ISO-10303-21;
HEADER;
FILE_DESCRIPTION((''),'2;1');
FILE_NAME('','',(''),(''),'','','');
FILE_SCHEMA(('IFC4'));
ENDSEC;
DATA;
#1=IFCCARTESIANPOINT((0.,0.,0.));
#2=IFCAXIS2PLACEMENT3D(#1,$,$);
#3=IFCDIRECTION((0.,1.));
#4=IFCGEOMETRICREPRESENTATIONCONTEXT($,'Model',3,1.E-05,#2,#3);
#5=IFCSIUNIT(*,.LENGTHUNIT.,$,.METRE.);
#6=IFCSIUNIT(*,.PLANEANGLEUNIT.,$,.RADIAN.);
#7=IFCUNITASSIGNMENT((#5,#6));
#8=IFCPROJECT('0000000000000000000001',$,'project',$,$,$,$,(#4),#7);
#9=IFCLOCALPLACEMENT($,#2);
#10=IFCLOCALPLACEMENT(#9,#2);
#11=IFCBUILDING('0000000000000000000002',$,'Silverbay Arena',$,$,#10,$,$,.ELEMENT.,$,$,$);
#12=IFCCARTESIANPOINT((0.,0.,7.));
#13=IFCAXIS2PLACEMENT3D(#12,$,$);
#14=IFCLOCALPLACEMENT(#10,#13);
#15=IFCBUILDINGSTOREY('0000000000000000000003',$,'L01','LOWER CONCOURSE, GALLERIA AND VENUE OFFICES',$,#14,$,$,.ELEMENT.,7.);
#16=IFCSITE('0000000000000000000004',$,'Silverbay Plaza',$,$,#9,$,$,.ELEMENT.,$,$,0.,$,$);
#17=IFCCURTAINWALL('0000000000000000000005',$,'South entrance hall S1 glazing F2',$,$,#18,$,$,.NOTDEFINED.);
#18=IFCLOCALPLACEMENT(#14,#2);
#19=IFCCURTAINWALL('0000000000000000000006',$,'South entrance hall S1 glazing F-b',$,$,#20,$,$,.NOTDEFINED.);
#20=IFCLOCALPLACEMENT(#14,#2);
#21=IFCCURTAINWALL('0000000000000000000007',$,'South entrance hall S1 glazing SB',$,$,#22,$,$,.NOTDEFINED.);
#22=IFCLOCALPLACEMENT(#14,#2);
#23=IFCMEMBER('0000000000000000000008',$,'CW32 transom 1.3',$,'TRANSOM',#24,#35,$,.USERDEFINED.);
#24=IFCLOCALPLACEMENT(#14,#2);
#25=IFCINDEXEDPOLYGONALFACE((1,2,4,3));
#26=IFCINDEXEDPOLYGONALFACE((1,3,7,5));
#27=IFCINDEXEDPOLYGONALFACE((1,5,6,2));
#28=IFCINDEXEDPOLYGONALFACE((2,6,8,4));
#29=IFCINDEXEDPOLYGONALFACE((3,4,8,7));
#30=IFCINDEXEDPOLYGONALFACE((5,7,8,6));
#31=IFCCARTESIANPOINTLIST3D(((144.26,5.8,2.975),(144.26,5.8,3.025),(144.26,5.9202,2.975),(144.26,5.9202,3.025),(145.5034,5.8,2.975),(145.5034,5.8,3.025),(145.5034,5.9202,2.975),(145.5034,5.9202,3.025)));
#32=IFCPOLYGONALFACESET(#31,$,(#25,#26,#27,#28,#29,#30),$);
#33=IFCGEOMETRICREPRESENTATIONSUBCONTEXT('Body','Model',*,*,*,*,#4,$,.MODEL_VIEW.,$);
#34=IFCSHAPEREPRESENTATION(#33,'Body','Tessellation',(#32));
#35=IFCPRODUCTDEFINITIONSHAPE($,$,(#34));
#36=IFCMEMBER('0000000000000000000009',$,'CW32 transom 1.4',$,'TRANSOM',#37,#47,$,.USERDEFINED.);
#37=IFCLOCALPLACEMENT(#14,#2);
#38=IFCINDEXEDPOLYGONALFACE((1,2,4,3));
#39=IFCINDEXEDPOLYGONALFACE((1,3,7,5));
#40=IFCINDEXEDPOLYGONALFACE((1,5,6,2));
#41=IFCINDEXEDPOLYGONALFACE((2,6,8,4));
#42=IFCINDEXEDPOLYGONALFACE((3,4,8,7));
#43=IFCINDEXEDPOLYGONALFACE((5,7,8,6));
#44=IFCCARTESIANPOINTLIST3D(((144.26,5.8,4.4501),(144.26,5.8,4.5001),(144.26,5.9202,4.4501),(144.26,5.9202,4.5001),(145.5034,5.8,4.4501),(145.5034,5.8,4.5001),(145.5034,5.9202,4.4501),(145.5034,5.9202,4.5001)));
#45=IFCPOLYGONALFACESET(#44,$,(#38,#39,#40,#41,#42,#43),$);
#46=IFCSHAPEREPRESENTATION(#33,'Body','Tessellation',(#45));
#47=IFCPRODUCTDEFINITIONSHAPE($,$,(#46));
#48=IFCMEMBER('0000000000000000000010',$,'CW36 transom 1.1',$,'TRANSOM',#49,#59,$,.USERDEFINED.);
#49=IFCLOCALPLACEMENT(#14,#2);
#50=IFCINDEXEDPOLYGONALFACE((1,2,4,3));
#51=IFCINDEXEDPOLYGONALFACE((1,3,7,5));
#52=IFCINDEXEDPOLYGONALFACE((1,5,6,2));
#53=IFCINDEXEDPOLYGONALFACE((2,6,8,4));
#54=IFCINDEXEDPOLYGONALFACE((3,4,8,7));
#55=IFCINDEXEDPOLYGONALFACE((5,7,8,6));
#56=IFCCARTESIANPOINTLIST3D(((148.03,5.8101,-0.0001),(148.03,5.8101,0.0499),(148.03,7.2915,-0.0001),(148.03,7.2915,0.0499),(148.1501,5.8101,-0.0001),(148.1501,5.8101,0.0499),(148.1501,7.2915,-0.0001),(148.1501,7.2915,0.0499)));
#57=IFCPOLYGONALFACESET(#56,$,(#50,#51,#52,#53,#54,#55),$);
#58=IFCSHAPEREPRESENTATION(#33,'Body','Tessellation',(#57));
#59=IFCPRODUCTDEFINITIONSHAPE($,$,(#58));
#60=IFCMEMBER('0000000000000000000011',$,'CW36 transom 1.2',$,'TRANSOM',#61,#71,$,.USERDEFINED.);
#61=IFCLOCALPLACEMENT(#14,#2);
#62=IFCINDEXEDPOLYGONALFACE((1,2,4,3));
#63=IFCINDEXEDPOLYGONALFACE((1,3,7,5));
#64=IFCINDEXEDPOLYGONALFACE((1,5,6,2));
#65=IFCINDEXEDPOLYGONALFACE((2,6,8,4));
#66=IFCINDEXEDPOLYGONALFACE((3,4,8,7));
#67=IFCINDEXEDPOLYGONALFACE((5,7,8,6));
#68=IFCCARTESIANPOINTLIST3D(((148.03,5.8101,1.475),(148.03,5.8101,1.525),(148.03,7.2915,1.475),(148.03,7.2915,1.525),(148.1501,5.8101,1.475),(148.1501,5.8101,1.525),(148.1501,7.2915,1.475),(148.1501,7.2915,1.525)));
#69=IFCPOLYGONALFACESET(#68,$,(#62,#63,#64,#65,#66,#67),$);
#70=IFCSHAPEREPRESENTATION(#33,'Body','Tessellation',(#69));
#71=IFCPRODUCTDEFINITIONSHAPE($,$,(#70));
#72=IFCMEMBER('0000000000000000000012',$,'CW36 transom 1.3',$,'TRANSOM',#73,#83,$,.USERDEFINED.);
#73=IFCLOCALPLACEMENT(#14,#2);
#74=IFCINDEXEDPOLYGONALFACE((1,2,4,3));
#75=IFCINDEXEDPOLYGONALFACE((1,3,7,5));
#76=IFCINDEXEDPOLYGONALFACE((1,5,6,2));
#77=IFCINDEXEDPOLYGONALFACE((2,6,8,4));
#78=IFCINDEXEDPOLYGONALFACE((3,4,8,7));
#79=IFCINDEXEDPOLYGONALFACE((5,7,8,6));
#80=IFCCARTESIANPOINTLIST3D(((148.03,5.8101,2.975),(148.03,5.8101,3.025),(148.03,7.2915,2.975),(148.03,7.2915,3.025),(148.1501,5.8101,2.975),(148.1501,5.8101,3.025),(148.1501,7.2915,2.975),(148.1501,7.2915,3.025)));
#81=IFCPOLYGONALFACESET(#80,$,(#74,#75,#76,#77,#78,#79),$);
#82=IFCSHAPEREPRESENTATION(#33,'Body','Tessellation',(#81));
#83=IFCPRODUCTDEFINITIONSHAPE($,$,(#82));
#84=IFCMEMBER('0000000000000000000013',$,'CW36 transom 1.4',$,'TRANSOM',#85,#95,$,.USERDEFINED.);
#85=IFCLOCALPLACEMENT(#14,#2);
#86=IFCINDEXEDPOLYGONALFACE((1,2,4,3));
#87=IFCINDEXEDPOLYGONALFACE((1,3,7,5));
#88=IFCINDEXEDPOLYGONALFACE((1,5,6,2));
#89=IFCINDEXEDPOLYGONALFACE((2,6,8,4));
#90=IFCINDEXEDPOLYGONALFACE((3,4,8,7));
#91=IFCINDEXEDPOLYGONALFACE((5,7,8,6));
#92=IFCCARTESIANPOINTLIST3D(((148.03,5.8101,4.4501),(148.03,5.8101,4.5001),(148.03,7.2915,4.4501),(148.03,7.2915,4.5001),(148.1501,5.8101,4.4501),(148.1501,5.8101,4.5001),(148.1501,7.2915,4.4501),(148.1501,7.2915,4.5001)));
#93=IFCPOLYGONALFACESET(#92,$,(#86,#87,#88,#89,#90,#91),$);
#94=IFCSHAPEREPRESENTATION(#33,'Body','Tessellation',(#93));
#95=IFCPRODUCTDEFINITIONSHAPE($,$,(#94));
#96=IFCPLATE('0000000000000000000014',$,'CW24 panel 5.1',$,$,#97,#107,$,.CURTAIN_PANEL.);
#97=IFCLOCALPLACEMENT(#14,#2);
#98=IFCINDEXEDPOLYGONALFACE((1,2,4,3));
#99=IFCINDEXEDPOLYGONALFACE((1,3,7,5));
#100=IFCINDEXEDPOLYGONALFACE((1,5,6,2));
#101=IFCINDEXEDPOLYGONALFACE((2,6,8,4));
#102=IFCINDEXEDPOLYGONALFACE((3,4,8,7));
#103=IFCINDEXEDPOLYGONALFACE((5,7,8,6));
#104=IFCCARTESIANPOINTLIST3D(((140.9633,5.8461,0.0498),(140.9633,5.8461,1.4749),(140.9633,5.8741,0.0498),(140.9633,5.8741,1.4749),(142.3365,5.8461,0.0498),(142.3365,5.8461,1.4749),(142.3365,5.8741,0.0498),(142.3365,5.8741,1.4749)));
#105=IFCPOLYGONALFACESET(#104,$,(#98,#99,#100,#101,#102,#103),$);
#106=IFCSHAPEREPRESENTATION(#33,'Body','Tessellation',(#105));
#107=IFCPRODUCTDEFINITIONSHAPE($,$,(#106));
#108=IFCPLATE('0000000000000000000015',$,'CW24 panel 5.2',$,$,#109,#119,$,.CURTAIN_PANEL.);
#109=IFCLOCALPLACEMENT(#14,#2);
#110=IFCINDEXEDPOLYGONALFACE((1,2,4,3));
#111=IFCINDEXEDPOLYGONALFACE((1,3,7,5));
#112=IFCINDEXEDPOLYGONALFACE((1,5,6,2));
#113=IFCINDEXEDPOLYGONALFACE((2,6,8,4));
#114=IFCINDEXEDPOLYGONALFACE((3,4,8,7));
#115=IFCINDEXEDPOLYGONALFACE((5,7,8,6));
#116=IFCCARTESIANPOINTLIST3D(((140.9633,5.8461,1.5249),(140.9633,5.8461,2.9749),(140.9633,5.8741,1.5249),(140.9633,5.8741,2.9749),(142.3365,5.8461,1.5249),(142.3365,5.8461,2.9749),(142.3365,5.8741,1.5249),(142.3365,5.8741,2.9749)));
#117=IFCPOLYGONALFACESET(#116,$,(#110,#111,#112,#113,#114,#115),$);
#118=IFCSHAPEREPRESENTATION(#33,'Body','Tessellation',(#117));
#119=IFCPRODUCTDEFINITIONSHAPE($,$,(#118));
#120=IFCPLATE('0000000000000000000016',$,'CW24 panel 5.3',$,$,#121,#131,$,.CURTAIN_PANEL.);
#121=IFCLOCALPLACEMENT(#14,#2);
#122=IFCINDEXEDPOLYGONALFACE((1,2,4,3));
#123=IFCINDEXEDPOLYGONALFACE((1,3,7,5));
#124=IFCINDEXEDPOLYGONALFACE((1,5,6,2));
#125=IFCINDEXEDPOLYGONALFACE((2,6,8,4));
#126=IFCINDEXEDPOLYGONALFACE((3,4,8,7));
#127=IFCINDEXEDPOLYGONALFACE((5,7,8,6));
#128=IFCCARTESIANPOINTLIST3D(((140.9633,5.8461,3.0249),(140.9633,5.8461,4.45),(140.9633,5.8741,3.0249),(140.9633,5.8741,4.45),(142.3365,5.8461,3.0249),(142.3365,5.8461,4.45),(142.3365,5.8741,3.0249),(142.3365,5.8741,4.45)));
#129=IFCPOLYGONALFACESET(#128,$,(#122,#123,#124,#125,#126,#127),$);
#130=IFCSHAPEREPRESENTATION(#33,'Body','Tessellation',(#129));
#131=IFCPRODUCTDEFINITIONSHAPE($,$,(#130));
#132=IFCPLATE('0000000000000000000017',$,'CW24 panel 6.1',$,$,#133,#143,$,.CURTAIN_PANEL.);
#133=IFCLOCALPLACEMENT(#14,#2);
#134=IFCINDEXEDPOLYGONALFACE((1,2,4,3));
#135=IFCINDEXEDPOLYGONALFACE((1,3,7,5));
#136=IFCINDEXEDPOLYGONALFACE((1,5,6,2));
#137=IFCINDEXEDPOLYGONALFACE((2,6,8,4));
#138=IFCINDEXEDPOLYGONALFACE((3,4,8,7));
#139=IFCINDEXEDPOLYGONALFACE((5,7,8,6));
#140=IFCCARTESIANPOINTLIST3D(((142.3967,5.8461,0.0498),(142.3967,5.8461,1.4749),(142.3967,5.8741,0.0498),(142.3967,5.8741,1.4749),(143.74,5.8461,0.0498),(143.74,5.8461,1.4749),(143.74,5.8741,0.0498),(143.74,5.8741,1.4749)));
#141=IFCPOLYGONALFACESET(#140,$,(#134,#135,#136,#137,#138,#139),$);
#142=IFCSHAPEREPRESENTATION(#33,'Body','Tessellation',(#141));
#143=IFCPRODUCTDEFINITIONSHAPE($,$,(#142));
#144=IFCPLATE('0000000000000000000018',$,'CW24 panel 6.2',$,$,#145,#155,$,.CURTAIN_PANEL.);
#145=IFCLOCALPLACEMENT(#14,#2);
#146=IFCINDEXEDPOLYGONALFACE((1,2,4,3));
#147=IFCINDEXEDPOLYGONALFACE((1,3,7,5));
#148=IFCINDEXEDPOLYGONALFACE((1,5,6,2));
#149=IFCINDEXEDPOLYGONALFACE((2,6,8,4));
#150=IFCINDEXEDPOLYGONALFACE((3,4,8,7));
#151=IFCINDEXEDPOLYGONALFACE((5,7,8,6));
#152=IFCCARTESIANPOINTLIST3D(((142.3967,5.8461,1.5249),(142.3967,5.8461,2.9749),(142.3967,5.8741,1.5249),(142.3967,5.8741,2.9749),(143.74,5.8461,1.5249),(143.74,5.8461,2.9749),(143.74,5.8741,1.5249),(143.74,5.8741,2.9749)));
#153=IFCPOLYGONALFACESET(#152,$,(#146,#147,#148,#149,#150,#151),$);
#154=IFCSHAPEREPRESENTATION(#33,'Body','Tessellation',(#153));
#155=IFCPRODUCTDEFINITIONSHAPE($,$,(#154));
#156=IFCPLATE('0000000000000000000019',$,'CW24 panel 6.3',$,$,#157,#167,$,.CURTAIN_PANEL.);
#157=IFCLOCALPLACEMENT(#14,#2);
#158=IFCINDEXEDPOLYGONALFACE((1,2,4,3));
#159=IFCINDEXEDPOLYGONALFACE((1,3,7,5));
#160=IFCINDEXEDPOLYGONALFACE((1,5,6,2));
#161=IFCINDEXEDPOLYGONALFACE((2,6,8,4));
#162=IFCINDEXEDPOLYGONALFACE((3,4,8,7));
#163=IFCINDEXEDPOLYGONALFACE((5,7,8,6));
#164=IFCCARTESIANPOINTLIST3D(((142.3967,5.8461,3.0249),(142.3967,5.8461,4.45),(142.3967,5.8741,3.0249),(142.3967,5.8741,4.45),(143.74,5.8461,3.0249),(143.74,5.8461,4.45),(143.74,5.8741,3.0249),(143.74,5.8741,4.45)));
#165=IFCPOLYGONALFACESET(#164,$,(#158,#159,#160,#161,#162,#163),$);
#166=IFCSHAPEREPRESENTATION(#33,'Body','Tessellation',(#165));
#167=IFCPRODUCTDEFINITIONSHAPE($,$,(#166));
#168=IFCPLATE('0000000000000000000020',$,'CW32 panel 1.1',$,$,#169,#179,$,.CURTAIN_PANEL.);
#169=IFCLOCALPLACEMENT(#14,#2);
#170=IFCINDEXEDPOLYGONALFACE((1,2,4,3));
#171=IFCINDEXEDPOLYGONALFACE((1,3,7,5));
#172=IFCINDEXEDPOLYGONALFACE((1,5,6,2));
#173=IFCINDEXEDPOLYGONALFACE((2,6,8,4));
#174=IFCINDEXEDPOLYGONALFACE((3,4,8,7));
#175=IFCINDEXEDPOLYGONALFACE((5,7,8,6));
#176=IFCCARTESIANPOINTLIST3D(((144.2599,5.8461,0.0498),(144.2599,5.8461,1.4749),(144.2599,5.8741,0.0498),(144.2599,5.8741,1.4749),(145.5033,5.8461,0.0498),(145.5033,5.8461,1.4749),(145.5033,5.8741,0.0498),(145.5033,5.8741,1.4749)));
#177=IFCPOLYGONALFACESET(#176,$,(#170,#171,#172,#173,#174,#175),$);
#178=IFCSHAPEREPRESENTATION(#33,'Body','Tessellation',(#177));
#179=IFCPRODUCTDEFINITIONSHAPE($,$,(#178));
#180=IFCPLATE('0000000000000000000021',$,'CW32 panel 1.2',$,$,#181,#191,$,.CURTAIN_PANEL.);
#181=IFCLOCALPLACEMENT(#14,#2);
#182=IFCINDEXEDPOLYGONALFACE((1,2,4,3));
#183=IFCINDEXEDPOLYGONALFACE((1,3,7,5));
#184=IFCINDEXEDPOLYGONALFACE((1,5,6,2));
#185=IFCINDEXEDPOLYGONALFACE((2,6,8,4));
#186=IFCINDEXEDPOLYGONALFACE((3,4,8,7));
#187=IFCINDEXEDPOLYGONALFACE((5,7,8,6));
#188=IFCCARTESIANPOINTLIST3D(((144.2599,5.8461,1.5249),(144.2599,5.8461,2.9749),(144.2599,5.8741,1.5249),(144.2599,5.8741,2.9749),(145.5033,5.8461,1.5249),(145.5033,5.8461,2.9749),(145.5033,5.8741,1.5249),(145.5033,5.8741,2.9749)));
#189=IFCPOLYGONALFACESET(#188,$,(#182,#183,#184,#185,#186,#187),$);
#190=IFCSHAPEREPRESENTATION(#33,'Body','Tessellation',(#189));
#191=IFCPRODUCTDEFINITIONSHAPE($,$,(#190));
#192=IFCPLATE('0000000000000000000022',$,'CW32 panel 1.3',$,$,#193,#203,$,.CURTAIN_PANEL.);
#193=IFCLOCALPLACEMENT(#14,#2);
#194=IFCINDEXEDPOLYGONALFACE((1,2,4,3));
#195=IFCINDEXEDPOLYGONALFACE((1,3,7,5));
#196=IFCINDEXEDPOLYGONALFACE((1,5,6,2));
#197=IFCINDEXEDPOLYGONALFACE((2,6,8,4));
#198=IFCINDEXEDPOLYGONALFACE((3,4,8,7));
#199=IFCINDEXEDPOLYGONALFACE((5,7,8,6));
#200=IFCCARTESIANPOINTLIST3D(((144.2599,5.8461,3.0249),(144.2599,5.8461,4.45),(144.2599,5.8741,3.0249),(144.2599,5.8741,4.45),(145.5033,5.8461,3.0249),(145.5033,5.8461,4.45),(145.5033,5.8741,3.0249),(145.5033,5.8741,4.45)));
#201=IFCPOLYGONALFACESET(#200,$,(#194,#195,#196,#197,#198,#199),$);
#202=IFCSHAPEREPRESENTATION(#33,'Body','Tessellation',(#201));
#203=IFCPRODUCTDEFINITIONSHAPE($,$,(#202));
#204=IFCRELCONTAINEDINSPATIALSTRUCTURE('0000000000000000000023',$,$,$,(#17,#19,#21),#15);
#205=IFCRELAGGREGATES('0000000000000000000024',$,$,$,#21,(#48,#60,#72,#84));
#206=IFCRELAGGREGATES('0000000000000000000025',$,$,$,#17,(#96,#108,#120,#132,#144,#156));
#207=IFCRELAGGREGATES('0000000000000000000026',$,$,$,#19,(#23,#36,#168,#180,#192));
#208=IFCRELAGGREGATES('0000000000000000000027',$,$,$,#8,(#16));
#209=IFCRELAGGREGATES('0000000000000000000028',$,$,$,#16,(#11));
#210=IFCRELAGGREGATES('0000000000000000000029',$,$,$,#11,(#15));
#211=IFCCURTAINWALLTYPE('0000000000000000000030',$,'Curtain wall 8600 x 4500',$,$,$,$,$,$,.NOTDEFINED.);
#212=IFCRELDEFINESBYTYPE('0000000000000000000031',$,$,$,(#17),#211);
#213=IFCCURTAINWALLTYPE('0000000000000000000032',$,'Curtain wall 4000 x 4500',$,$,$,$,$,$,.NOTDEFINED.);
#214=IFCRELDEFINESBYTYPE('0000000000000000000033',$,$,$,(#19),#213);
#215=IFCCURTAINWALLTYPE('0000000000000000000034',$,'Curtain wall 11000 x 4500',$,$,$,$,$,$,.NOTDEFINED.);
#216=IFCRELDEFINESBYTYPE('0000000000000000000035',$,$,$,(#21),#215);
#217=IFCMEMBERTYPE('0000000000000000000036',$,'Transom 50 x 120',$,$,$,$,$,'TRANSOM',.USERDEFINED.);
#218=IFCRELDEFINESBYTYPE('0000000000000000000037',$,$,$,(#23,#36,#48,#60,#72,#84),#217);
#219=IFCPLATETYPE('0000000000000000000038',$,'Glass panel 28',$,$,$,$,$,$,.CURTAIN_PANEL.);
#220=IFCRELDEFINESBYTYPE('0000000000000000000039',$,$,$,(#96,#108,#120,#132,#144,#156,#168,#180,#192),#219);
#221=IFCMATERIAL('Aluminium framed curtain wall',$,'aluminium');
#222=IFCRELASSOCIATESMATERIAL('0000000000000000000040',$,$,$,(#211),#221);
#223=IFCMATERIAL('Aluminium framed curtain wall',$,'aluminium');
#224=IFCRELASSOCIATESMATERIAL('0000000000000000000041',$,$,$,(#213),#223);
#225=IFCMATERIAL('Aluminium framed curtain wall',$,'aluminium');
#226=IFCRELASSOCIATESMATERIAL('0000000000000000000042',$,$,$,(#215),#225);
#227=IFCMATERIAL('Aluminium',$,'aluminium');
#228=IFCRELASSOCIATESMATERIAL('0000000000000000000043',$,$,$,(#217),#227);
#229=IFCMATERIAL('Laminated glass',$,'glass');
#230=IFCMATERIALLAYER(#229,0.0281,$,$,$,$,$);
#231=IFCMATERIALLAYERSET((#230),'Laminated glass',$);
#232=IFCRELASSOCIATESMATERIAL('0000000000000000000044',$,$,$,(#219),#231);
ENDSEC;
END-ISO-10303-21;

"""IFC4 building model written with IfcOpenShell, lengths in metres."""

from ifc_helpers import new_model, si_unit, direction, frame, origin, origin_2d, place, context, subcontext, project, spatial, rectangle, extrude, material, layer, layer_set, material_profile, profile_set, type_object, element, aggregate, save


model = new_model("IFC4")

# Units and contexts
model_context = context("Model", 3, precision=1e-05, world=origin(), true_north=direction((0.0, 1.0)))
body_context = subcontext(model_context, "Body", "Model", "MODEL_VIEW")
ifc_project = project(units=[si_unit("LENGTHUNIT", "METRE"), si_unit("PLANEANGLEUNIT", "RADIAN")], contexts=[model_context])

# Site, building, storey
site_placement = place(None, origin())
site = spatial("IfcSite", under=ifc_project, at=site_placement, Name="Silverbay Plaza", CompositionType="ELEMENT", RefElevation=0.0)
building_placement = place(site_placement, origin())
building = spatial("IfcBuilding", under=site, at=building_placement, Name="Silverbay Arena", CompositionType="ELEMENT")
storey_placement = place(building_placement, frame((0.0, 0.0, 7.0)))
storey = spatial("IfcBuildingStorey", under=building, at=storey_placement, Name="L01", Description="LOWER CONCOURSE, GALLERIA AND VENUE OFFICES", CompositionType="ELEMENT", Elevation=7.0)

# Curtain walls
ifc_material_1 = material(Name="Aluminium framed curtain wall", Category="aluminium")
curtain_wall_type_1 = type_object("IfcCurtainWallType", Name="Curtain wall 8600 x 4500", PredefinedType="NOTDEFINED", material=ifc_material_1)
curtain_wall_1_placement = place(storey_placement, origin())
curtain_wall_1 = element("IfcCurtainWall", 1, at=curtain_wall_1_placement, inside=storey, type_object=curtain_wall_type_1, Name="South entrance hall S1 glazing F2", PredefinedType="NOTDEFINED")
ifc_material_2 = material(Name="Aluminium framed curtain wall", Category="aluminium")
curtain_wall_type_2 = type_object("IfcCurtainWallType", Name="Curtain wall 4000 x 4500", PredefinedType="NOTDEFINED", material=ifc_material_2)
curtain_wall_2_placement = place(storey_placement, origin())
curtain_wall_2 = element("IfcCurtainWall", 2, at=curtain_wall_2_placement, inside=storey, type_object=curtain_wall_type_2, Name="South entrance hall S1 glazing F-b", PredefinedType="NOTDEFINED")

# Curtain wall
ifc_material_3 = material(Name="Aluminium framed curtain wall", Category="aluminium")
curtain_wall_type_3 = type_object("IfcCurtainWallType", Name="Curtain wall 11000 x 4500", PredefinedType="NOTDEFINED", material=ifc_material_3)
curtain_wall_3_placement = place(storey_placement, origin())
curtain_wall_3 = element("IfcCurtainWall", 3, at=curtain_wall_3_placement, inside=storey, type_object=curtain_wall_type_3, Name="South entrance hall S1 glazing SB", PredefinedType="NOTDEFINED")

# Members
ifc_material_4 = material(Name="Aluminium", Category="aluminium")
ifc_material_profile_1 = material_profile(ifc_material_4, rectangle(XDim=0.1201, YDim=0.05, at=origin_2d()), Name="Transom 50 x 120")
ifc_profile_set_1 = profile_set([ifc_material_profile_1], Name="Aluminium")
member_type_1 = type_object("IfcMemberType", Name="Transom 50 x 120", ElementType="TRANSOM", PredefinedType="USERDEFINED", material=ifc_profile_set_1)
member_1_placement = place(storey_placement, frame((144.26, 5.8601, 3.0), z_axis=(1.0, 0.0, 0.0), x_axis=(0.0, 1.0, 0.0)))
member_1 = element("IfcMember", 4, at=member_1_placement, type_object=member_type_1, Name="CW32 transom 1.3", ObjectType="TRANSOM", PredefinedType="USERDEFINED", context=body_context, shape_type="SweptSolid", body=[
    extrude(rectangle(XDim=0.1201, YDim=0.05, at=origin_2d()), origin(), (0.0, 0.0, 1.0), 1.2434),
])
member_2_placement = place(storey_placement, frame((144.26, 5.8601, 4.4751), z_axis=(1.0, 0.0, 0.0), x_axis=(0.0, 1.0, 0.0)))
member_2 = element("IfcMember", 5, at=member_2_placement, type_object=member_type_1, Name="CW32 transom 1.4", ObjectType="TRANSOM", PredefinedType="USERDEFINED", context=body_context, shape_type="SweptSolid", body=[
    extrude(rectangle(XDim=0.1201, YDim=0.05, at=origin_2d()), origin(), (0.0, 0.0, 1.0), 1.2434),
])
member_3_placement = place(storey_placement, frame((148.0901, 5.8101, 0.0249), z_axis=(0.0, 1.0, 0.0), x_axis=(-1.0, 0.0, 0.0)))
member_3 = element("IfcMember", 6, at=member_3_placement, type_object=member_type_1, Name="CW36 transom 1.1", ObjectType="TRANSOM", PredefinedType="USERDEFINED", context=body_context, shape_type="SweptSolid", body=[
    extrude(rectangle(XDim=0.1201, YDim=0.05, at=origin_2d()), origin(), (0.0, 0.0, 1.0), 1.4814),
])
member_4_placement = place(storey_placement, frame((148.0901, 5.8101, 1.5), z_axis=(0.0, 1.0, 0.0), x_axis=(-1.0, 0.0, 0.0)))
member_4 = element("IfcMember", 7, at=member_4_placement, type_object=member_type_1, Name="CW36 transom 1.2", ObjectType="TRANSOM", PredefinedType="USERDEFINED", context=body_context, shape_type="SweptSolid", body=[
    extrude(rectangle(XDim=0.1201, YDim=0.05, at=origin_2d()), origin(), (0.0, 0.0, 1.0), 1.4814),
])
member_5_placement = place(storey_placement, frame((148.0901, 5.8101, 3.0), z_axis=(0.0, 1.0, 0.0), x_axis=(-1.0, 0.0, 0.0)))
member_5 = element("IfcMember", 8, at=member_5_placement, type_object=member_type_1, Name="CW36 transom 1.3", ObjectType="TRANSOM", PredefinedType="USERDEFINED", context=body_context, shape_type="SweptSolid", body=[
    extrude(rectangle(XDim=0.1201, YDim=0.05, at=origin_2d()), origin(), (0.0, 0.0, 1.0), 1.4814),
])
member_6_placement = place(storey_placement, frame((148.0901, 5.8101, 4.4751), z_axis=(0.0, 1.0, 0.0), x_axis=(-1.0, 0.0, 0.0)))
member_6 = element("IfcMember", 9, at=member_6_placement, type_object=member_type_1, Name="CW36 transom 1.4", ObjectType="TRANSOM", PredefinedType="USERDEFINED", context=body_context, shape_type="SweptSolid", body=[
    extrude(rectangle(XDim=0.1201, YDim=0.05, at=origin_2d()), origin(), (0.0, 0.0, 1.0), 1.4814),
])
aggregate(curtain_wall_3, [member_3, member_4, member_5, member_6])

# Plates
ifc_material_5 = material(Name="Laminated glass", Category="glass")
ifc_layer = layer(ifc_material_5, 0.0281)
ifc_layer_set = layer_set([ifc_layer], Name="Laminated glass")
plate_type = type_object("IfcPlateType", Name="Glass panel 28", PredefinedType="CURTAIN_PANEL", material=ifc_layer_set)
plate_1_placement = place(storey_placement, frame((141.6499, 5.8601, 0.0498), z_axis=(0.0, 0.0, 1.0), x_axis=(1.0, 0.0, 0.0)))
plate_1 = element("IfcPlate", 10, at=plate_1_placement, type_object=plate_type, Name="CW24 panel 5.1", PredefinedType="CURTAIN_PANEL", context=body_context, shape_type="SweptSolid", body=[
    extrude(rectangle(XDim=1.3733, YDim=0.0281, at=origin_2d()), origin(), (0.0, 0.0, 1.0), 1.425),
])
plate_2_placement = place(storey_placement, frame((141.6499, 5.8601, 1.5249), z_axis=(0.0, 0.0, 1.0), x_axis=(1.0, 0.0, 0.0)))
plate_2 = element("IfcPlate", 11, at=plate_2_placement, type_object=plate_type, Name="CW24 panel 5.2", PredefinedType="CURTAIN_PANEL", context=body_context, shape_type="SweptSolid", body=[
    extrude(rectangle(XDim=1.3733, YDim=0.0281, at=origin_2d()), origin(), (0.0, 0.0, 1.0), 1.45),
])
plate_3_placement = place(storey_placement, frame((141.6499, 5.8601, 3.0249), z_axis=(0.0, 0.0, 1.0), x_axis=(1.0, 0.0, 0.0)))
plate_3 = element("IfcPlate", 12, at=plate_3_placement, type_object=plate_type, Name="CW24 panel 5.3", PredefinedType="CURTAIN_PANEL", context=body_context, shape_type="SweptSolid", body=[
    extrude(rectangle(XDim=1.3733, YDim=0.0281, at=origin_2d()), origin(), (0.0, 0.0, 1.0), 1.425),
])
plate_4_placement = place(storey_placement, frame((143.0684, 5.8601, 0.0498), z_axis=(0.0, 0.0, 1.0), x_axis=(1.0, 0.0, 0.0)))
plate_4 = element("IfcPlate", 13, at=plate_4_placement, type_object=plate_type, Name="CW24 panel 6.1", PredefinedType="CURTAIN_PANEL", context=body_context, shape_type="SweptSolid", body=[
    extrude(rectangle(XDim=1.3433, YDim=0.0281, at=origin_2d()), origin(), (0.0, 0.0, 1.0), 1.425),
])
plate_5_placement = place(storey_placement, frame((143.0684, 5.8601, 1.5249), z_axis=(0.0, 0.0, 1.0), x_axis=(1.0, 0.0, 0.0)))
plate_5 = element("IfcPlate", 14, at=plate_5_placement, type_object=plate_type, Name="CW24 panel 6.2", PredefinedType="CURTAIN_PANEL", context=body_context, shape_type="SweptSolid", body=[
    extrude(rectangle(XDim=1.3433, YDim=0.0281, at=origin_2d()), origin(), (0.0, 0.0, 1.0), 1.45),
])
plate_6_placement = place(storey_placement, frame((143.0684, 5.8601, 3.0249), z_axis=(0.0, 0.0, 1.0), x_axis=(1.0, 0.0, 0.0)))
plate_6 = element("IfcPlate", 15, at=plate_6_placement, type_object=plate_type, Name="CW24 panel 6.3", PredefinedType="CURTAIN_PANEL", context=body_context, shape_type="SweptSolid", body=[
    extrude(rectangle(XDim=1.3433, YDim=0.0281, at=origin_2d()), origin(), (0.0, 0.0, 1.0), 1.425),
])
aggregate(curtain_wall_1, [plate_1, plate_2, plate_3, plate_4, plate_5, plate_6])
plate_7_placement = place(storey_placement, frame((144.8816, 5.8601, 0.0498), z_axis=(0.0, 0.0, 1.0), x_axis=(1.0, 0.0, 0.0)))
plate_7 = element("IfcPlate", 16, at=plate_7_placement, type_object=plate_type, Name="CW32 panel 1.1", PredefinedType="CURTAIN_PANEL", context=body_context, shape_type="SweptSolid", body=[
    extrude(rectangle(XDim=1.2434, YDim=0.0281, at=origin_2d()), origin(), (0.0, 0.0, 1.0), 1.425),
])
plate_8_placement = place(storey_placement, frame((144.8816, 5.8601, 1.5249), z_axis=(0.0, 0.0, 1.0), x_axis=(1.0, 0.0, 0.0)))
plate_8 = element("IfcPlate", 17, at=plate_8_placement, type_object=plate_type, Name="CW32 panel 1.2", PredefinedType="CURTAIN_PANEL", context=body_context, shape_type="SweptSolid", body=[
    extrude(rectangle(XDim=1.2434, YDim=0.0281, at=origin_2d()), origin(), (0.0, 0.0, 1.0), 1.45),
])
plate_9_placement = place(storey_placement, frame((144.8816, 5.8601, 3.0249), z_axis=(0.0, 0.0, 1.0), x_axis=(1.0, 0.0, 0.0)))
plate_9 = element("IfcPlate", 18, at=plate_9_placement, type_object=plate_type, Name="CW32 panel 1.3", PredefinedType="CURTAIN_PANEL", context=body_context, shape_type="SweptSolid", body=[
    extrude(rectangle(XDim=1.2434, YDim=0.0281, at=origin_2d()), origin(), (0.0, 0.0, 1.0), 1.425),
])
aggregate(curtain_wall_2, [member_1, member_2, plate_7, plate_8, plate_9])

save(model, "model.ifc")
